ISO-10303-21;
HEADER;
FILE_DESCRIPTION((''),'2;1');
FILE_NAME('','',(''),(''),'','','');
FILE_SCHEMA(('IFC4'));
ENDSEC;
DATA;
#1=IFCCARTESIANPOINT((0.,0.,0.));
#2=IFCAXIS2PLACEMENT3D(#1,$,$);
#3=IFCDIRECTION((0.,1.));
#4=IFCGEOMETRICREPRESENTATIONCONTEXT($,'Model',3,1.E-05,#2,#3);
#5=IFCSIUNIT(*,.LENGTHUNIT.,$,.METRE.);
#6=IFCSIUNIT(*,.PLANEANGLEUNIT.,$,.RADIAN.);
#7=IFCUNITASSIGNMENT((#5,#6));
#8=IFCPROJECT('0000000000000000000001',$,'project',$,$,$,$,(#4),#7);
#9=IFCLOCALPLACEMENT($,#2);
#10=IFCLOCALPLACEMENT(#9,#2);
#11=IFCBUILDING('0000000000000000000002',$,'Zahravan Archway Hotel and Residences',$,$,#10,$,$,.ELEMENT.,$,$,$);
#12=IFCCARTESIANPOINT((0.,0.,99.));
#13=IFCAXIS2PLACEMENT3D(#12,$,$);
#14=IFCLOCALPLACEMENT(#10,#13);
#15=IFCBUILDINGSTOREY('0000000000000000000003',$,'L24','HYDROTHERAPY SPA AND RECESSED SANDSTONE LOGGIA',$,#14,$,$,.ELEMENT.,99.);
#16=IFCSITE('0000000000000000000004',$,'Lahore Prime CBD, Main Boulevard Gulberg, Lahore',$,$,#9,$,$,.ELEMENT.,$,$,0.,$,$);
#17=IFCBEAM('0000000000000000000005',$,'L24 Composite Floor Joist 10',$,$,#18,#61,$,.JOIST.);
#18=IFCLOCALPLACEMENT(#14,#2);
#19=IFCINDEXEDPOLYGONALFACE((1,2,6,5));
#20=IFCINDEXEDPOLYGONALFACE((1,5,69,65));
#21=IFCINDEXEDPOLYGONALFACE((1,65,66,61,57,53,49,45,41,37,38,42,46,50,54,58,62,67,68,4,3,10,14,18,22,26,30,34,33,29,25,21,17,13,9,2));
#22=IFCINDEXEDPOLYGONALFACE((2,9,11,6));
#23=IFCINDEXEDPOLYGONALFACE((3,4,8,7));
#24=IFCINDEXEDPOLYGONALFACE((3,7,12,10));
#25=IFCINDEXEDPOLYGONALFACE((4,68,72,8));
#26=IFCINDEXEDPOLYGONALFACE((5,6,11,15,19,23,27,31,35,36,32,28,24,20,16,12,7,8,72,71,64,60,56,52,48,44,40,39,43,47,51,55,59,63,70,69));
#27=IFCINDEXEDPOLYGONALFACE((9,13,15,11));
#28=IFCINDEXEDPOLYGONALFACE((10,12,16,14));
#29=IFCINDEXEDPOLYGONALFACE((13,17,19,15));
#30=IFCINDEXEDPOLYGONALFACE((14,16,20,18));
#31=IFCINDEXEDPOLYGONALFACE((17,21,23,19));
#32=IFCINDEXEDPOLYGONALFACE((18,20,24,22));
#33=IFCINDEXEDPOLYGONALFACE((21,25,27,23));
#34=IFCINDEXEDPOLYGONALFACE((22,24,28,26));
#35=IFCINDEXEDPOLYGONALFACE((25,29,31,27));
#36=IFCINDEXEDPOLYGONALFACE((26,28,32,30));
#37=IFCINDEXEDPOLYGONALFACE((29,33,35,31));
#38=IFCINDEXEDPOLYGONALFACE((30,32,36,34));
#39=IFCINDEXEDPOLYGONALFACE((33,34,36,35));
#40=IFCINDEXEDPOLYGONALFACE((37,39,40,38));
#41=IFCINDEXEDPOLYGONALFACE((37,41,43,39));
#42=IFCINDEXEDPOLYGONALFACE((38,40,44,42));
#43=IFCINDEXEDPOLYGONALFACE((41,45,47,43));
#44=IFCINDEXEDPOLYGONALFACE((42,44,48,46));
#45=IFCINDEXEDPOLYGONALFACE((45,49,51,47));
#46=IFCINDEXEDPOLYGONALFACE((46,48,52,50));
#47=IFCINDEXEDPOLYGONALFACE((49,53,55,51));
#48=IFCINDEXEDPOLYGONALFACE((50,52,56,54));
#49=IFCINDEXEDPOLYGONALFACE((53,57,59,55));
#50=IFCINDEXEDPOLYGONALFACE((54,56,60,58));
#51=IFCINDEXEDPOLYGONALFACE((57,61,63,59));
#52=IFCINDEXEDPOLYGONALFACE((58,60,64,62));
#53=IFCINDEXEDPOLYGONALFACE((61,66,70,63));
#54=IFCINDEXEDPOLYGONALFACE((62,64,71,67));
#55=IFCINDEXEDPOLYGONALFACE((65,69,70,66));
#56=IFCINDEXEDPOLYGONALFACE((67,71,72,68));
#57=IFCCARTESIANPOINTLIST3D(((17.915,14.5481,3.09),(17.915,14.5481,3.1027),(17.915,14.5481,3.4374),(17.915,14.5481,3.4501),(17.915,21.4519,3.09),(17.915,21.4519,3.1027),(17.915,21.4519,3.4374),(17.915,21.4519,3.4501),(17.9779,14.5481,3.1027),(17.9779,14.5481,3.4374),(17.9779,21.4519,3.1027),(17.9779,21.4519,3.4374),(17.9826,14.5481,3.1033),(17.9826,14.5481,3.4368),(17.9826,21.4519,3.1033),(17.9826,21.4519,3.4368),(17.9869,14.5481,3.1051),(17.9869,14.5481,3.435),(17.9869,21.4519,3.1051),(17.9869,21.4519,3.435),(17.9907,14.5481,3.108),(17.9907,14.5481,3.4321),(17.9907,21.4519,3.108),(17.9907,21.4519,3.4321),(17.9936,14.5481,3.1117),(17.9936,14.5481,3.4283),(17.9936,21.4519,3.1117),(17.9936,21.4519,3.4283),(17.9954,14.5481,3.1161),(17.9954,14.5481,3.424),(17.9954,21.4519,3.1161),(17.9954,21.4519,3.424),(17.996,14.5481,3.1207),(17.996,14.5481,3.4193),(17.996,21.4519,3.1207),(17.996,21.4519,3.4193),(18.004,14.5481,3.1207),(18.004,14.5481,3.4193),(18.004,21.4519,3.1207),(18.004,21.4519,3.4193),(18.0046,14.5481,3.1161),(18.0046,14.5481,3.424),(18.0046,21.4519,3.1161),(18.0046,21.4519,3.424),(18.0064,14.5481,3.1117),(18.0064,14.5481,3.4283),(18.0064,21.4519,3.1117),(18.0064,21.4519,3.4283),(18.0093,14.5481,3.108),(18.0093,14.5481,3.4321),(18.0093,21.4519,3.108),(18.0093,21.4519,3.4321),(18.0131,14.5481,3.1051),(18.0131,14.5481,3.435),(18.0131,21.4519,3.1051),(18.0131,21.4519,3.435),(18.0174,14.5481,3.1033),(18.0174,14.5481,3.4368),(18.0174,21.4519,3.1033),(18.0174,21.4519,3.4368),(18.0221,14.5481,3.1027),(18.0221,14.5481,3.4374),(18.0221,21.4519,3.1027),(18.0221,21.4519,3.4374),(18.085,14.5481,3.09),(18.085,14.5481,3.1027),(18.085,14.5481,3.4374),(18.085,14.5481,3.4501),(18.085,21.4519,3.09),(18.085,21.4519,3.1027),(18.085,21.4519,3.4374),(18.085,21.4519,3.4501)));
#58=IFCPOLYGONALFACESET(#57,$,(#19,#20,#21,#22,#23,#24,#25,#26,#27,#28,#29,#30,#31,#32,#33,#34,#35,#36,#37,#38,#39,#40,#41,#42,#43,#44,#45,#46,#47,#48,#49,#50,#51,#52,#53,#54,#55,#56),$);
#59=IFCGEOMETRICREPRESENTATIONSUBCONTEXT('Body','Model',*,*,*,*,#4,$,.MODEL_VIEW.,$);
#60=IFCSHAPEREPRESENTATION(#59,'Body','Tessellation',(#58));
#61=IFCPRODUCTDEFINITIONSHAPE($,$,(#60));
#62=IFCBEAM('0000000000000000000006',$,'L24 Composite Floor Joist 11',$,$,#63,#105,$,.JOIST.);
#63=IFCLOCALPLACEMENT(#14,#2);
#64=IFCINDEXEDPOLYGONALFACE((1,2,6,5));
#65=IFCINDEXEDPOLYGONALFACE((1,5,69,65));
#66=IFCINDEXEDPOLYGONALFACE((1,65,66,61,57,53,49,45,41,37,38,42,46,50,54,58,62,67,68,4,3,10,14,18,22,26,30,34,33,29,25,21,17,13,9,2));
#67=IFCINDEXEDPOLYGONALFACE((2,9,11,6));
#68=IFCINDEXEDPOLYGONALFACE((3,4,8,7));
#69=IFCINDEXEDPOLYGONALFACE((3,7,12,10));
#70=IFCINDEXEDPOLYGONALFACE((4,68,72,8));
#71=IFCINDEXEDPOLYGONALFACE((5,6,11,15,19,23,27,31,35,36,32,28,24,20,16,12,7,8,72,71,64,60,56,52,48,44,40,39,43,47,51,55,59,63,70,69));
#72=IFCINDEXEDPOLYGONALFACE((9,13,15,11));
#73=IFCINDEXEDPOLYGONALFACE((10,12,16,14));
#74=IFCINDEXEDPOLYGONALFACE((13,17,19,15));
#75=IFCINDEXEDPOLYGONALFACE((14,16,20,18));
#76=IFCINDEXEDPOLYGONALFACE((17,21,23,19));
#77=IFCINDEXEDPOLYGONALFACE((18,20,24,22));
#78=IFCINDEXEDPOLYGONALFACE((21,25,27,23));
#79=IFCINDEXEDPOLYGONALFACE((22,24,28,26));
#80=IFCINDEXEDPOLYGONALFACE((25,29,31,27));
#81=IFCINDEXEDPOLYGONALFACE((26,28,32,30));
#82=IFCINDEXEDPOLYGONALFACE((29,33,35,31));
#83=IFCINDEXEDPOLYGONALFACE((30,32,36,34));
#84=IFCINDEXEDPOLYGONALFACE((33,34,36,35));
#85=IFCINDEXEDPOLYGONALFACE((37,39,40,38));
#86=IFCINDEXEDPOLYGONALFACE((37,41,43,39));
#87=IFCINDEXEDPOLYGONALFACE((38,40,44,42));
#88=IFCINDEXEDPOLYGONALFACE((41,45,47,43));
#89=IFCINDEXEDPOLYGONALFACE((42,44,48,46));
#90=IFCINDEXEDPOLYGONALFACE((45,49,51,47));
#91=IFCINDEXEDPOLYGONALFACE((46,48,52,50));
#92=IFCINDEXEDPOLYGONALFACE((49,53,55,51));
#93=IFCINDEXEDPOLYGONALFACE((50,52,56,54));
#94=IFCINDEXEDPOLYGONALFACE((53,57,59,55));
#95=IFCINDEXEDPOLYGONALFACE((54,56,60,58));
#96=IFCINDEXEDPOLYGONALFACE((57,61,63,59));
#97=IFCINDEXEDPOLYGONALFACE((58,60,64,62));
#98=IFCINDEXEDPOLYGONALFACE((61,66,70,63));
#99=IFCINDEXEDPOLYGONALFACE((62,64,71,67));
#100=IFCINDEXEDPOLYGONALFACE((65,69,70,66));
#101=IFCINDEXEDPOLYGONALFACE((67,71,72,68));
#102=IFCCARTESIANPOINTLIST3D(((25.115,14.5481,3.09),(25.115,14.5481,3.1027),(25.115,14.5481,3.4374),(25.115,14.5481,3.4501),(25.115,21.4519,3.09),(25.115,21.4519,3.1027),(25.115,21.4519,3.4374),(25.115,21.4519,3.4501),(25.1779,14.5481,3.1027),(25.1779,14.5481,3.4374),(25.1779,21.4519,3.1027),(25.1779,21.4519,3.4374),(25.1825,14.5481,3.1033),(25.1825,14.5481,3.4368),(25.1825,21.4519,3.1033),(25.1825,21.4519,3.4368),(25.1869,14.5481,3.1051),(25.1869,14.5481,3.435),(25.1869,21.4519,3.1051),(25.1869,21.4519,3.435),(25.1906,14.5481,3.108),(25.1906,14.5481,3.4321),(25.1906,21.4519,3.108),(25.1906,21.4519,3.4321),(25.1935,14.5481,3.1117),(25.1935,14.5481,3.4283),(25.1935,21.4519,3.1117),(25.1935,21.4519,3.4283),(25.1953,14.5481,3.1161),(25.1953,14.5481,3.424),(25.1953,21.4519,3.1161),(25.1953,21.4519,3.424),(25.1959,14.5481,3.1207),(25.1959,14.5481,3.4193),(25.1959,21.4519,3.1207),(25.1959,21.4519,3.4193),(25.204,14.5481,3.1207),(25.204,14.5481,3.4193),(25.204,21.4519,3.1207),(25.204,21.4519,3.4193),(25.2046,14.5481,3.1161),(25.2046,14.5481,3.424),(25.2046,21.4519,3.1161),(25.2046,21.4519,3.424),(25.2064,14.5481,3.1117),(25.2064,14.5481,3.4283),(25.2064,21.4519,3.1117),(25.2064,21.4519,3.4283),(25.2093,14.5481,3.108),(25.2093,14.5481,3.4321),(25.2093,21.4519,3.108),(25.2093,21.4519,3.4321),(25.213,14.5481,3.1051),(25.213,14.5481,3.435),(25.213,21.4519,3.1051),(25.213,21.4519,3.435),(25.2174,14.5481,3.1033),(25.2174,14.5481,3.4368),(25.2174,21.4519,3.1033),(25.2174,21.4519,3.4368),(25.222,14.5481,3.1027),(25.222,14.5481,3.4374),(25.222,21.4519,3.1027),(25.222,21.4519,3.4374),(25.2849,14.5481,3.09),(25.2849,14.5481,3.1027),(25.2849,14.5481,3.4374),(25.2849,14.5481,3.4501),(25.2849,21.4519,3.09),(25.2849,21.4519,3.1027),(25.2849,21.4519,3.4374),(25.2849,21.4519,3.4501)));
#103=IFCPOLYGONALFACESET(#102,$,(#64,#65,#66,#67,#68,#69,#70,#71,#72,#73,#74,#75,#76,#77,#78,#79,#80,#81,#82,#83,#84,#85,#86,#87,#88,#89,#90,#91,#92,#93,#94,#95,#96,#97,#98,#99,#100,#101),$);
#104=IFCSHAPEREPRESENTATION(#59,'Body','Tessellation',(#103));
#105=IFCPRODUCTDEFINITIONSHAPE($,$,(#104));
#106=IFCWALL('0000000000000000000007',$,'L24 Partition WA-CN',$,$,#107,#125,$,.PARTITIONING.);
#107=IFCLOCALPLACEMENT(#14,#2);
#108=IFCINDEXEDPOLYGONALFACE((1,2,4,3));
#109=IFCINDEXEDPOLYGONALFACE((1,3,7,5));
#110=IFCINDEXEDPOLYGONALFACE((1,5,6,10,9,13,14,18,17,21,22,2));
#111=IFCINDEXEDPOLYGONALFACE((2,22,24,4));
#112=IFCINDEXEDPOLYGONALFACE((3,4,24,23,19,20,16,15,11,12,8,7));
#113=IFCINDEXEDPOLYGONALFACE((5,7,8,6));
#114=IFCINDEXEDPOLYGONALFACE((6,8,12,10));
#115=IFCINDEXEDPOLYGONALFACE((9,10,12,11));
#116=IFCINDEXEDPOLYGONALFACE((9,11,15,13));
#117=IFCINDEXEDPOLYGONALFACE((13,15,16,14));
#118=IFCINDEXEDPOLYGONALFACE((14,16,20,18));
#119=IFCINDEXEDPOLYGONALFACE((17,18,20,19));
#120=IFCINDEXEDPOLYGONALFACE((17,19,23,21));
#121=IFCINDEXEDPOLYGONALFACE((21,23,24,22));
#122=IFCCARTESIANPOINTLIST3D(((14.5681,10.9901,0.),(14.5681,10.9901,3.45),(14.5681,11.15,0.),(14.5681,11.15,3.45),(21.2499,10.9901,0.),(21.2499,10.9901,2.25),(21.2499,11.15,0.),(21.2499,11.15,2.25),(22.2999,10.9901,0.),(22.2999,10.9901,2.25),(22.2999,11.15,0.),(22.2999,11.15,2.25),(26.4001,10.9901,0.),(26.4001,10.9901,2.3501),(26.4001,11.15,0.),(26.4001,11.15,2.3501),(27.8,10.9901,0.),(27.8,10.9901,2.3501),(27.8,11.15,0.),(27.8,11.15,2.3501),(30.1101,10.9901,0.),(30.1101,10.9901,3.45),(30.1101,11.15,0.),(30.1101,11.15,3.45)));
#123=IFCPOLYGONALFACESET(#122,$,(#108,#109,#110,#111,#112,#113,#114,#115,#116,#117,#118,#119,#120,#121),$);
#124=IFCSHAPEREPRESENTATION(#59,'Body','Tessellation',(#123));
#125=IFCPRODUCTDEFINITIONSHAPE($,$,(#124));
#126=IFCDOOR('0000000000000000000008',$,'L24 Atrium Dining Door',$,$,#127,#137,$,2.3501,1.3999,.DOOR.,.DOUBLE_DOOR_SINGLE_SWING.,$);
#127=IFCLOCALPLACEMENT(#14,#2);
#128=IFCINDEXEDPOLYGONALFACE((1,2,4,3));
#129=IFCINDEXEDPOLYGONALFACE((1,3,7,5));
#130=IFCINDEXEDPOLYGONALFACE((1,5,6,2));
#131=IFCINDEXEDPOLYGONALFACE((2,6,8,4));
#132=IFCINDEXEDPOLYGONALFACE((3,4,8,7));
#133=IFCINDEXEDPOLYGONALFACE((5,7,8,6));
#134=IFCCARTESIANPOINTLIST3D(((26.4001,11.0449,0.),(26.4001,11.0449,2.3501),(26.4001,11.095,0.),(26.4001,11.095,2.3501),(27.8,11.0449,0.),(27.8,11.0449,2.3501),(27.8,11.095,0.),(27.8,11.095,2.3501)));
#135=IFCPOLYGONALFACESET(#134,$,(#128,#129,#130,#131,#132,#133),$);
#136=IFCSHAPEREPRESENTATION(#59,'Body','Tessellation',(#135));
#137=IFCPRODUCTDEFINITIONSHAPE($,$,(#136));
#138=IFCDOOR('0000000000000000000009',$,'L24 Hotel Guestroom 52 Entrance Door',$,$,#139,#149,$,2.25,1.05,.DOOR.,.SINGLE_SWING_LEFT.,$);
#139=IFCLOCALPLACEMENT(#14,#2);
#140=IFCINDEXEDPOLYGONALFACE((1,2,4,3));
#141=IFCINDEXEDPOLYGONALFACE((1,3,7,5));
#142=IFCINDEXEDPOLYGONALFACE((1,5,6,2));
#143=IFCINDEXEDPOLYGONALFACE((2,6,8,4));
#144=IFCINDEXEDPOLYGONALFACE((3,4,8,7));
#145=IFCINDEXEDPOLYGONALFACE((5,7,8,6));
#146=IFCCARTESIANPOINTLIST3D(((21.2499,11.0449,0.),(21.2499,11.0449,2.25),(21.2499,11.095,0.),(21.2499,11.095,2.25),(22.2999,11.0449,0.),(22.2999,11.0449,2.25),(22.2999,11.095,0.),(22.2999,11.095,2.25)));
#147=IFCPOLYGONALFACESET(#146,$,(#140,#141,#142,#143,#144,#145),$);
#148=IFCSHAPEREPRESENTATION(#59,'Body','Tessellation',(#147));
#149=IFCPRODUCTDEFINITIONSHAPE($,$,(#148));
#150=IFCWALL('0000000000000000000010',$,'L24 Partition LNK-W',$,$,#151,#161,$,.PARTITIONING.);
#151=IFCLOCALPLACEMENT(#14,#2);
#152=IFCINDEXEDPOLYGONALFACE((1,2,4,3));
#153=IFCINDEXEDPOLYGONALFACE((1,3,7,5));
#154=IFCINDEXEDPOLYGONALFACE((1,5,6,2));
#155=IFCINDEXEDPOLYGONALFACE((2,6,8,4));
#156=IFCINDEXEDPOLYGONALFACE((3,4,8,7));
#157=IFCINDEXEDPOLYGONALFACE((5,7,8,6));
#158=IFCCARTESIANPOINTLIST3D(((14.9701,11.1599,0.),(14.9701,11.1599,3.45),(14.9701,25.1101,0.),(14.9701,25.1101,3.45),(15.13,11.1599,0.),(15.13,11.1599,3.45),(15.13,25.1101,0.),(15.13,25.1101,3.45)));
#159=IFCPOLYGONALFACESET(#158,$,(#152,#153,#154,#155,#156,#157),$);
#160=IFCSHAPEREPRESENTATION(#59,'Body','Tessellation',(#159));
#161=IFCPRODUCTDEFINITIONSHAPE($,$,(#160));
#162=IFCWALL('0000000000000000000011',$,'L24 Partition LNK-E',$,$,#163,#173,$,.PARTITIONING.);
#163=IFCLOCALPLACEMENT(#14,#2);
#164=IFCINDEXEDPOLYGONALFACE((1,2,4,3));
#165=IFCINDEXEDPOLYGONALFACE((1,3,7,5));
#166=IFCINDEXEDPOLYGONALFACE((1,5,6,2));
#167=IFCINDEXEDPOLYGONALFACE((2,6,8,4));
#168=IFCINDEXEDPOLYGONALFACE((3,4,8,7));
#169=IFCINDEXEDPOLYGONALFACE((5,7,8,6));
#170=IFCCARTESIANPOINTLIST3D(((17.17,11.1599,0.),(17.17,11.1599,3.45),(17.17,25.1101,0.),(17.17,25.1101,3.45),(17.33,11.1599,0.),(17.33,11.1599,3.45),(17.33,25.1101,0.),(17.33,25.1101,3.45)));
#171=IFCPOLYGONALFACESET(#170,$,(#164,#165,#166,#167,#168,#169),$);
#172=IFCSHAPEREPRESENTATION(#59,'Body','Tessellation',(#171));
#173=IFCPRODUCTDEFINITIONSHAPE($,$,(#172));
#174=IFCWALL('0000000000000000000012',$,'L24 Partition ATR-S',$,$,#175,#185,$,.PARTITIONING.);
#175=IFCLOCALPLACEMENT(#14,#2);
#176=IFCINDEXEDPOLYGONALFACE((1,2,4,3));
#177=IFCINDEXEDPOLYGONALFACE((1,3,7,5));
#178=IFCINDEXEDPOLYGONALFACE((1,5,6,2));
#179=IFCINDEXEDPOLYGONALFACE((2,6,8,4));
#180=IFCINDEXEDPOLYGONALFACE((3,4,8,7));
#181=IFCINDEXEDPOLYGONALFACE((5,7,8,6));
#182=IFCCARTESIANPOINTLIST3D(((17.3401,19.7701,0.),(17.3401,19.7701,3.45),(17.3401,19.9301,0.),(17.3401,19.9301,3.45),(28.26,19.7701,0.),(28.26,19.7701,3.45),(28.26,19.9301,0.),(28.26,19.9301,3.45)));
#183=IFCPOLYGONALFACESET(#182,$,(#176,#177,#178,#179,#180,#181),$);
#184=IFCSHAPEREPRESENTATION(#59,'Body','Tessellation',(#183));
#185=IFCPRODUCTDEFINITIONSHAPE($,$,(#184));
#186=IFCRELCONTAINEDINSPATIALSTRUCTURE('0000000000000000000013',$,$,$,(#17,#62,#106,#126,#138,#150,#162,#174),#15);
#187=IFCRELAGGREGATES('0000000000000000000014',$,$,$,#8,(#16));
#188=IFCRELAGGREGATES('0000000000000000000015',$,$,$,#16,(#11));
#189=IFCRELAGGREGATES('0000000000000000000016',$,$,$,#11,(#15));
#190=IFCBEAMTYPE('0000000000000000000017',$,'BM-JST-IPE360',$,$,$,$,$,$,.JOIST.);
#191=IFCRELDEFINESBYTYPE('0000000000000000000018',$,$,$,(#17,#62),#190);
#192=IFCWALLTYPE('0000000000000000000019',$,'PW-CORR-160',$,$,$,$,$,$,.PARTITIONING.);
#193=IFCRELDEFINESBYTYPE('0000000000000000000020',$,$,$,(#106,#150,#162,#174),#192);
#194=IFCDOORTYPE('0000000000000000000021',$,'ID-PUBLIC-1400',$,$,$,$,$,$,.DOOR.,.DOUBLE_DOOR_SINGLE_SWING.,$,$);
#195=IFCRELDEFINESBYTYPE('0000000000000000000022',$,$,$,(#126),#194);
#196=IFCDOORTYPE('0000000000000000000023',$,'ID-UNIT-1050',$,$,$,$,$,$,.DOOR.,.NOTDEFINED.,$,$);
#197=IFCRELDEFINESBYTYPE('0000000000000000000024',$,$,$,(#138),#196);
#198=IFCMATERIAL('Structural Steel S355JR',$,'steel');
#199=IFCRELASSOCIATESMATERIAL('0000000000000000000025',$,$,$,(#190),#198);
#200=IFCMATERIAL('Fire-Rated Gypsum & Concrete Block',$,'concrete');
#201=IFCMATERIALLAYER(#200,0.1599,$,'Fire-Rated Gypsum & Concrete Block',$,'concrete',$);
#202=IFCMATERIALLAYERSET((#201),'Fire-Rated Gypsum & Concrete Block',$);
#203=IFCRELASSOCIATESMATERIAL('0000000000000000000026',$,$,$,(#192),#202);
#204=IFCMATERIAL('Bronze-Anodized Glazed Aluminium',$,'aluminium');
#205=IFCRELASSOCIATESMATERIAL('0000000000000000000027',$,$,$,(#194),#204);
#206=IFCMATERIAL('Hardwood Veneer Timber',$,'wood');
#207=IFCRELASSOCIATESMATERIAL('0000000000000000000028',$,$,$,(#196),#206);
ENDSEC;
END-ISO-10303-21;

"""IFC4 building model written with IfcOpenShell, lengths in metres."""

from ifc_helpers import new_model, si_unit, direction, frame, frame_2d, origin, origin_2d, place, context, subcontext, project, spatial, rectangle, i_section, extrude, source, transform, mapped, material, layer, layer_set, material_profile, profile_set, type_object, type_shapes, element, fill, save


model = new_model("IFC4")

# Units and contexts
model_context = context("Model", 3, precision=1e-05, world=origin(), true_north=direction((0.0, 1.0)))
body_context = subcontext(model_context, "Body", "Model", "MODEL_VIEW")
ifc_project = project(units=[si_unit("LENGTHUNIT", "METRE"), si_unit("PLANEANGLEUNIT", "RADIAN")], contexts=[model_context])

# Site, building, storey
site_placement = place(None, origin())
site = spatial("IfcSite", under=ifc_project, at=site_placement, Name="Lahore Prime CBD, Main Boulevard Gulberg, Lahore", CompositionType="ELEMENT", RefElevation=0.0)
building_placement = place(site_placement, origin())
building = spatial("IfcBuilding", under=site, at=building_placement, Name="Zahravan Archway Hotel and Residences", CompositionType="ELEMENT")
storey_placement = place(building_placement, frame((0.0, 0.0, 99.0)))
storey = spatial("IfcBuildingStorey", under=building, at=storey_placement, Name="L24", Description="HYDROTHERAPY SPA AND RECESSED SANDSTONE LOGGIA", CompositionType="ELEMENT", Elevation=99.0)

# Beams
ifc_material_1 = material(Name="Structural Steel S355JR", Category="steel")
ifc_material_profile_1 = material_profile(ifc_material_1, i_section(OverallWidth=0.1699, OverallDepth=0.3601, WebThickness=0.0081, FlangeThickness=0.0127, FilletRadius=0.0181, at=origin_2d()), Name="IPE 360", Category="steel")
ifc_profile_set_1 = profile_set([ifc_material_profile_1], Name="Structural Steel S355JR")
beam_type_1 = type_object("IfcBeamType", Name="BM-JST-IPE360", PredefinedType="JOIST", material=ifc_profile_set_1)
shared_shape_1 = source(origin(), body_context, "Body", "SweptSolid", [
    extrude(i_section(OverallWidth=0.1699, OverallDepth=0.3601, WebThickness=0.0081, FlangeThickness=0.0127, FilletRadius=0.0181, at=origin_2d()), origin(), (0.0, 0.0, 1.0), 6.9038),
])
for number, where, z_axis, x_axis, name in (
    (1, (18.0, 14.5481, 3.27), (0.0, 1.0, 0.0), (-1.0, 0.0, 0.0), "L24 Composite Floor Joist 10"),
    (2, (25.2, 14.5481, 3.27), (0.0, 1.0, 0.0), (-1.0, 0.0, 0.0), "L24 Composite Floor Joist 11"),
):
    element("IfcBeam", number, at=place(storey_placement, frame(where, z_axis=z_axis, x_axis=x_axis)), inside=storey, type_object=beam_type_1, Name=name, PredefinedType="JOIST", context=body_context, shape_type="MappedRepresentation", body=[
        mapped(shared_shape_1, transform((0.0, 0.0, 0.0), scale=1.0)),
    ])

# Wall, openings, doors
ifc_material_2 = material(Name="Fire-Rated Gypsum & Concrete Block", Category="concrete")
ifc_layer_1 = layer(ifc_material_2, 0.1599, Name="Fire-Rated Gypsum & Concrete Block", Category="concrete")
ifc_layer_set_1 = layer_set([ifc_layer_1], Name="Fire-Rated Gypsum & Concrete Block")
wall_type_1 = type_object("IfcWallType", Name="PW-CORR-160", PredefinedType="PARTITIONING", material=ifc_layer_set_1)
wall_1_placement = place(storey_placement, frame((14.5681, 11.0701, 0.0), z_axis=(0.0, 0.0, 1.0), x_axis=(1.0, 0.0, 0.0)))
wall_1 = element("IfcWall", 3, at=wall_1_placement, inside=storey, type_object=wall_type_1, Name="L24 Partition WA-CN", PredefinedType="PARTITIONING", context=body_context, shape_type="SweptSolid", body=[
    extrude(rectangle(XDim=15.542, YDim=0.1599, at=frame_2d((7.771, 0.0))), origin(), (0.0, 0.0, 1.0), 3.45),
])
opening_1_placement = place(wall_1_placement, frame((6.6819, 0.0, 0.0)))
opening_1 = element("IfcOpeningElement", 4, at=opening_1_placement, cuts=wall_1, PredefinedType="OPENING", context=body_context, shape_type="SweptSolid", body=[
    extrude(rectangle(XDim=1.05, YDim=2.25, at=frame_2d((0.5249, 1.125))), frame((0.0, 0.0898, 0.0), z_axis=(0.0, -1.0, 0.0), x_axis=(1.0, 0.0, 0.0)), (0.0, 0.0, 1.0), 0.1799),
])
opening_2_placement = place(wall_1_placement, frame((11.832, 0.0, 0.0)))
opening_2 = element("IfcOpeningElement", 5, at=opening_2_placement, cuts=wall_1, PredefinedType="OPENING", context=body_context, shape_type="SweptSolid", body=[
    extrude(rectangle(XDim=1.3999, YDim=2.3501, at=frame_2d((0.7, 1.175))), frame((0.0, 0.0898, 0.0), z_axis=(0.0, -1.0, 0.0), x_axis=(1.0, 0.0, 0.0)), (0.0, 0.0, 1.0), 0.1799),
])
ifc_material_3 = material(Name="Bronze-Anodized Glazed Aluminium", Category="aluminium")
door_type_1 = type_object("IfcDoorType", Name="ID-PUBLIC-1400", OperationType="DOUBLE_DOOR_SINGLE_SWING", PredefinedType="DOOR", material=ifc_material_3)
shared_shape_2 = source(origin(), body_context, "Body", "SweptSolid", [
    extrude(rectangle(XDim=1.3999, YDim=2.3501, at=frame_2d((0.7, 1.175))), frame((0.0, 0.0249, 0.0), z_axis=(0.0, -1.0, 0.0), x_axis=(1.0, 0.0, 0.0)), (0.0, 0.0, 1.0), 0.05),
])
type_shapes(door_type_1, [shared_shape_2])
door_1_placement = place(opening_2_placement, origin())
door_1 = element("IfcDoor", 6, at=door_1_placement, inside=storey, type_object=door_type_1, Name="L24 Atrium Dining Door", OperationType="DOUBLE_DOOR_SINGLE_SWING", OverallHeight=2.3501, OverallWidth=1.3999, PredefinedType="DOOR", context=body_context, shape_type="MappedRepresentation", body=[
    mapped(shared_shape_2, transform((0.0, 0.0, 0.0), scale=1.0)),
])
fill(opening_2, door_1)
ifc_material_4 = material(Name="Hardwood Veneer Timber", Category="wood")
door_type_2 = type_object("IfcDoorType", Name="ID-UNIT-1050", OperationType="NOTDEFINED", PredefinedType="DOOR", material=ifc_material_4)
shared_shape_3 = source(origin(), body_context, "Body", "SweptSolid", [
    extrude(rectangle(XDim=1.05, YDim=2.25, at=frame_2d((0.5249, 1.125))), frame((0.0, 0.0249, 0.0), z_axis=(0.0, -1.0, 0.0), x_axis=(1.0, 0.0, 0.0)), (0.0, 0.0, 1.0), 0.05),
])
type_shapes(door_type_2, [shared_shape_3])
door_2_placement = place(opening_1_placement, origin())
door_2 = element("IfcDoor", 7, at=door_2_placement, inside=storey, type_object=door_type_2, Name="L24 Hotel Guestroom 52 Entrance Door", OperationType="SINGLE_SWING_LEFT", OverallHeight=2.25, OverallWidth=1.05, PredefinedType="DOOR", context=body_context, shape_type="MappedRepresentation", body=[
    mapped(shared_shape_3, transform((0.0, 0.0, 0.0), scale=1.0)),
])
fill(opening_1, door_2)

# Walls
for number, where, z_axis, x_axis, name in (
    (8, (15.05, 11.1599, 0.0), (0.0, 0.0, 1.0), (0.0, 1.0, 0.0), "L24 Partition LNK-W"),
    (9, (17.25, 11.1599, 0.0), (0.0, 0.0, 1.0), (0.0, 1.0, 0.0), "L24 Partition LNK-E"),
):
    element("IfcWall", number, at=place(storey_placement, frame(where, z_axis=z_axis, x_axis=x_axis)), inside=storey, type_object=wall_type_1, Name=name, PredefinedType="PARTITIONING", context=body_context, shape_type="SweptSolid", body=[
        extrude(rectangle(XDim=13.9502, YDim=0.1599, at=frame_2d((6.9751, 0.0))), origin(), (0.0, 0.0, 1.0), 3.45),
    ])
wall_2_placement = place(storey_placement, frame((17.3401, 19.8501, 0.0), z_axis=(0.0, 0.0, 1.0), x_axis=(1.0, 0.0, 0.0)))
element("IfcWall", 10, at=wall_2_placement, inside=storey, type_object=wall_type_1, Name="L24 Partition ATR-S", PredefinedType="PARTITIONING", context=body_context, shape_type="SweptSolid", body=[
    extrude(rectangle(XDim=10.9199, YDim=0.1599, at=frame_2d((5.46, 0.0))), origin(), (0.0, 0.0, 1.0), 3.45),
])

save(model, "model.ifc")
